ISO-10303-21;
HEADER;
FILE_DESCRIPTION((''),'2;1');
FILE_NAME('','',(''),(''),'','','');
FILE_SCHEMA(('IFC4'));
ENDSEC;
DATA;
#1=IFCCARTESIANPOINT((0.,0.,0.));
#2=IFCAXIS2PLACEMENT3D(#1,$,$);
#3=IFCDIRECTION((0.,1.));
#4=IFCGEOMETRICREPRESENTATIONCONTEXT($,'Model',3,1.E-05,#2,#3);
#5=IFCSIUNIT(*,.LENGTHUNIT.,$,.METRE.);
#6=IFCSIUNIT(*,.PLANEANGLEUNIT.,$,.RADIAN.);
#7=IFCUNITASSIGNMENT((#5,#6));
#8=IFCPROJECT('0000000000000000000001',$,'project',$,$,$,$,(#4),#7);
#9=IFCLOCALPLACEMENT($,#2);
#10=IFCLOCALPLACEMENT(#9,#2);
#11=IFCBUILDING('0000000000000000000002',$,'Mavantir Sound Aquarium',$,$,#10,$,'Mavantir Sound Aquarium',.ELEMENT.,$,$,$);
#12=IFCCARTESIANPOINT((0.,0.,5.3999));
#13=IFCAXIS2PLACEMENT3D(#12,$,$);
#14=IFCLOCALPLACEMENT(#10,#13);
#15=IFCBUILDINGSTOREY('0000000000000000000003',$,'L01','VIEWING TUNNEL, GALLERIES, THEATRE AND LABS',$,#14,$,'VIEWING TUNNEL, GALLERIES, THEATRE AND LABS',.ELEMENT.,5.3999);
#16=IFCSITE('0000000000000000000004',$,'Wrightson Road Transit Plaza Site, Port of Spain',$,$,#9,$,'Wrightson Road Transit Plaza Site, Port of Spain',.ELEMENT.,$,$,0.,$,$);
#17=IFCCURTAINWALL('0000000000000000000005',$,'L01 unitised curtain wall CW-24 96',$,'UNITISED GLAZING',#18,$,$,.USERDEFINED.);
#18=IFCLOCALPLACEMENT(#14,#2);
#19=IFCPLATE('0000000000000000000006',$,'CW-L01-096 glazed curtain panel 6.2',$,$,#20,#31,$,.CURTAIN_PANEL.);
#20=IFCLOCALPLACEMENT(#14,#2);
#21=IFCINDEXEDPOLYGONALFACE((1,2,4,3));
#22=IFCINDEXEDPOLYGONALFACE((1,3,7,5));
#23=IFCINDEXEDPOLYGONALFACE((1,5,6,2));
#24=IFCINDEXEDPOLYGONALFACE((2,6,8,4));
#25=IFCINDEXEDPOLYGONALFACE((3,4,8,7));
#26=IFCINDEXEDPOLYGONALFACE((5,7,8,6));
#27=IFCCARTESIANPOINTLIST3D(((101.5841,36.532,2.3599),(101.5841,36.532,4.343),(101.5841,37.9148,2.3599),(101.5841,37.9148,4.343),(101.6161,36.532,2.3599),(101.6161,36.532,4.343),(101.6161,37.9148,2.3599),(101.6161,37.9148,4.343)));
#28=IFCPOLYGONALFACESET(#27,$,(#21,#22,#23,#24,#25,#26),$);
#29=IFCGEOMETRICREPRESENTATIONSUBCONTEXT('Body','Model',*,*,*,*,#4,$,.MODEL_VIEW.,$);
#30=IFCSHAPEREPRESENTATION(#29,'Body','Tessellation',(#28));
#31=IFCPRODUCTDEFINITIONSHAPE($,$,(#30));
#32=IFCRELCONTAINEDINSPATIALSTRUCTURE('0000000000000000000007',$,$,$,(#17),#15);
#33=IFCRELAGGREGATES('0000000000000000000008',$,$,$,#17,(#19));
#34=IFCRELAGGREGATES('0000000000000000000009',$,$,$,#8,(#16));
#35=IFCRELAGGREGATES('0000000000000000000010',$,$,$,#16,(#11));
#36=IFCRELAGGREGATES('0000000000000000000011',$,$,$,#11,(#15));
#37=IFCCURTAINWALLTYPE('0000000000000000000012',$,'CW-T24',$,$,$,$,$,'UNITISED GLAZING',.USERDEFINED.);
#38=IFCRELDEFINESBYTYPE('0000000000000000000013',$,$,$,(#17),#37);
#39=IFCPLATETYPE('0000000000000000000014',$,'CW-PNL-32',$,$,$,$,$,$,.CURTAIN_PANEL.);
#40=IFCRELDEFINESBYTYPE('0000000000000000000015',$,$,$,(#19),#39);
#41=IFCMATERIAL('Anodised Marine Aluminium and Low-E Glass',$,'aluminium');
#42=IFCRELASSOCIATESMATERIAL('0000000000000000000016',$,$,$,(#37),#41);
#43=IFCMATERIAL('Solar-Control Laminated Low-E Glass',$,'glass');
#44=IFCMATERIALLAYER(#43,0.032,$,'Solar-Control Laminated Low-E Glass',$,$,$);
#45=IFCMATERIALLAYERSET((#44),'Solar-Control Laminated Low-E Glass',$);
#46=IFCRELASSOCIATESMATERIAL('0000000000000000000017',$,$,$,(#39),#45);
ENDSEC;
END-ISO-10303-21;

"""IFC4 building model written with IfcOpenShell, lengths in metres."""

from ifc_helpers import new_model, si_unit, direction, frame, origin, origin_2d, place, context, subcontext, project, spatial, rectangle, extrude, material, layer, layer_set, type_object, element, aggregate, save


model = new_model("IFC4")

# Units and contexts
model_context = context("Model", 3, precision=1e-05, world=origin(), true_north=direction((0.0, 1.0)))
body_context = subcontext(model_context, "Body", "Model", "MODEL_VIEW")
ifc_project = project(units=[si_unit("LENGTHUNIT", "METRE"), si_unit("PLANEANGLEUNIT", "RADIAN")], contexts=[model_context])

# Site, building, storey
site_placement = place(None, origin())
site = spatial("IfcSite", under=ifc_project, at=site_placement, Name="Wrightson Road Transit Plaza Site, Port of Spain", LongName="Wrightson Road Transit Plaza Site, Port of Spain", CompositionType="ELEMENT", RefElevation=0.0)
building_placement = place(site_placement, origin())
building = spatial("IfcBuilding", under=site, at=building_placement, Name="Mavantir Sound Aquarium", LongName="Mavantir Sound Aquarium", CompositionType="ELEMENT")
storey_placement = place(building_placement, frame((0.0, 0.0, 5.3999)))
storey = spatial("IfcBuildingStorey", under=building, at=storey_placement, Name="L01", Description="VIEWING TUNNEL, GALLERIES, THEATRE AND LABS", LongName="VIEWING TUNNEL, GALLERIES, THEATRE AND LABS", CompositionType="ELEMENT", Elevation=5.3999)

# Curtain wall
ifc_material_1 = material(Name="Anodised Marine Aluminium and Low-E Glass", Category="aluminium")
curtain_wall_type_1 = type_object("IfcCurtainWallType", Name="CW-T24", ElementType="UNITISED GLAZING", PredefinedType="USERDEFINED", material=ifc_material_1)
curtain_wall_1_placement = place(storey_placement, origin())
curtain_wall_1 = element("IfcCurtainWall", 1, at=curtain_wall_1_placement, inside=storey, type_object=curtain_wall_type_1, Name="L01 unitised curtain wall CW-24 96", ObjectType="UNITISED GLAZING", PredefinedType="USERDEFINED")

# Plate
ifc_material_2 = material(Name="Solar-Control Laminated Low-E Glass", Category="glass")
ifc_layer_1 = layer(ifc_material_2, 0.032, Name="Solar-Control Laminated Low-E Glass")
ifc_layer_set_1 = layer_set([ifc_layer_1], Name="Solar-Control Laminated Low-E Glass")
plate_type_1 = type_object("IfcPlateType", Name="CW-PNL-32", PredefinedType="CURTAIN_PANEL", material=ifc_layer_set_1)
plate_1_placement = place(storey_placement, frame((101.6001, 37.2234, 2.3599), z_axis=(0.0, 0.0, 1.0), x_axis=(0.0, -1.0, 0.0)))
plate_1 = element("IfcPlate", 2, at=plate_1_placement, type_object=plate_type_1, Name="CW-L01-096 glazed curtain panel 6.2", PredefinedType="CURTAIN_PANEL", context=body_context, shape_type="SweptSolid", body=[
    extrude(rectangle(XDim=1.3828, YDim=0.032, at=origin_2d()), origin(), (0.0, 0.0, 1.0), 1.9832),
])
aggregate(curtain_wall_1, [plate_1])

save(model, "model.ifc")
